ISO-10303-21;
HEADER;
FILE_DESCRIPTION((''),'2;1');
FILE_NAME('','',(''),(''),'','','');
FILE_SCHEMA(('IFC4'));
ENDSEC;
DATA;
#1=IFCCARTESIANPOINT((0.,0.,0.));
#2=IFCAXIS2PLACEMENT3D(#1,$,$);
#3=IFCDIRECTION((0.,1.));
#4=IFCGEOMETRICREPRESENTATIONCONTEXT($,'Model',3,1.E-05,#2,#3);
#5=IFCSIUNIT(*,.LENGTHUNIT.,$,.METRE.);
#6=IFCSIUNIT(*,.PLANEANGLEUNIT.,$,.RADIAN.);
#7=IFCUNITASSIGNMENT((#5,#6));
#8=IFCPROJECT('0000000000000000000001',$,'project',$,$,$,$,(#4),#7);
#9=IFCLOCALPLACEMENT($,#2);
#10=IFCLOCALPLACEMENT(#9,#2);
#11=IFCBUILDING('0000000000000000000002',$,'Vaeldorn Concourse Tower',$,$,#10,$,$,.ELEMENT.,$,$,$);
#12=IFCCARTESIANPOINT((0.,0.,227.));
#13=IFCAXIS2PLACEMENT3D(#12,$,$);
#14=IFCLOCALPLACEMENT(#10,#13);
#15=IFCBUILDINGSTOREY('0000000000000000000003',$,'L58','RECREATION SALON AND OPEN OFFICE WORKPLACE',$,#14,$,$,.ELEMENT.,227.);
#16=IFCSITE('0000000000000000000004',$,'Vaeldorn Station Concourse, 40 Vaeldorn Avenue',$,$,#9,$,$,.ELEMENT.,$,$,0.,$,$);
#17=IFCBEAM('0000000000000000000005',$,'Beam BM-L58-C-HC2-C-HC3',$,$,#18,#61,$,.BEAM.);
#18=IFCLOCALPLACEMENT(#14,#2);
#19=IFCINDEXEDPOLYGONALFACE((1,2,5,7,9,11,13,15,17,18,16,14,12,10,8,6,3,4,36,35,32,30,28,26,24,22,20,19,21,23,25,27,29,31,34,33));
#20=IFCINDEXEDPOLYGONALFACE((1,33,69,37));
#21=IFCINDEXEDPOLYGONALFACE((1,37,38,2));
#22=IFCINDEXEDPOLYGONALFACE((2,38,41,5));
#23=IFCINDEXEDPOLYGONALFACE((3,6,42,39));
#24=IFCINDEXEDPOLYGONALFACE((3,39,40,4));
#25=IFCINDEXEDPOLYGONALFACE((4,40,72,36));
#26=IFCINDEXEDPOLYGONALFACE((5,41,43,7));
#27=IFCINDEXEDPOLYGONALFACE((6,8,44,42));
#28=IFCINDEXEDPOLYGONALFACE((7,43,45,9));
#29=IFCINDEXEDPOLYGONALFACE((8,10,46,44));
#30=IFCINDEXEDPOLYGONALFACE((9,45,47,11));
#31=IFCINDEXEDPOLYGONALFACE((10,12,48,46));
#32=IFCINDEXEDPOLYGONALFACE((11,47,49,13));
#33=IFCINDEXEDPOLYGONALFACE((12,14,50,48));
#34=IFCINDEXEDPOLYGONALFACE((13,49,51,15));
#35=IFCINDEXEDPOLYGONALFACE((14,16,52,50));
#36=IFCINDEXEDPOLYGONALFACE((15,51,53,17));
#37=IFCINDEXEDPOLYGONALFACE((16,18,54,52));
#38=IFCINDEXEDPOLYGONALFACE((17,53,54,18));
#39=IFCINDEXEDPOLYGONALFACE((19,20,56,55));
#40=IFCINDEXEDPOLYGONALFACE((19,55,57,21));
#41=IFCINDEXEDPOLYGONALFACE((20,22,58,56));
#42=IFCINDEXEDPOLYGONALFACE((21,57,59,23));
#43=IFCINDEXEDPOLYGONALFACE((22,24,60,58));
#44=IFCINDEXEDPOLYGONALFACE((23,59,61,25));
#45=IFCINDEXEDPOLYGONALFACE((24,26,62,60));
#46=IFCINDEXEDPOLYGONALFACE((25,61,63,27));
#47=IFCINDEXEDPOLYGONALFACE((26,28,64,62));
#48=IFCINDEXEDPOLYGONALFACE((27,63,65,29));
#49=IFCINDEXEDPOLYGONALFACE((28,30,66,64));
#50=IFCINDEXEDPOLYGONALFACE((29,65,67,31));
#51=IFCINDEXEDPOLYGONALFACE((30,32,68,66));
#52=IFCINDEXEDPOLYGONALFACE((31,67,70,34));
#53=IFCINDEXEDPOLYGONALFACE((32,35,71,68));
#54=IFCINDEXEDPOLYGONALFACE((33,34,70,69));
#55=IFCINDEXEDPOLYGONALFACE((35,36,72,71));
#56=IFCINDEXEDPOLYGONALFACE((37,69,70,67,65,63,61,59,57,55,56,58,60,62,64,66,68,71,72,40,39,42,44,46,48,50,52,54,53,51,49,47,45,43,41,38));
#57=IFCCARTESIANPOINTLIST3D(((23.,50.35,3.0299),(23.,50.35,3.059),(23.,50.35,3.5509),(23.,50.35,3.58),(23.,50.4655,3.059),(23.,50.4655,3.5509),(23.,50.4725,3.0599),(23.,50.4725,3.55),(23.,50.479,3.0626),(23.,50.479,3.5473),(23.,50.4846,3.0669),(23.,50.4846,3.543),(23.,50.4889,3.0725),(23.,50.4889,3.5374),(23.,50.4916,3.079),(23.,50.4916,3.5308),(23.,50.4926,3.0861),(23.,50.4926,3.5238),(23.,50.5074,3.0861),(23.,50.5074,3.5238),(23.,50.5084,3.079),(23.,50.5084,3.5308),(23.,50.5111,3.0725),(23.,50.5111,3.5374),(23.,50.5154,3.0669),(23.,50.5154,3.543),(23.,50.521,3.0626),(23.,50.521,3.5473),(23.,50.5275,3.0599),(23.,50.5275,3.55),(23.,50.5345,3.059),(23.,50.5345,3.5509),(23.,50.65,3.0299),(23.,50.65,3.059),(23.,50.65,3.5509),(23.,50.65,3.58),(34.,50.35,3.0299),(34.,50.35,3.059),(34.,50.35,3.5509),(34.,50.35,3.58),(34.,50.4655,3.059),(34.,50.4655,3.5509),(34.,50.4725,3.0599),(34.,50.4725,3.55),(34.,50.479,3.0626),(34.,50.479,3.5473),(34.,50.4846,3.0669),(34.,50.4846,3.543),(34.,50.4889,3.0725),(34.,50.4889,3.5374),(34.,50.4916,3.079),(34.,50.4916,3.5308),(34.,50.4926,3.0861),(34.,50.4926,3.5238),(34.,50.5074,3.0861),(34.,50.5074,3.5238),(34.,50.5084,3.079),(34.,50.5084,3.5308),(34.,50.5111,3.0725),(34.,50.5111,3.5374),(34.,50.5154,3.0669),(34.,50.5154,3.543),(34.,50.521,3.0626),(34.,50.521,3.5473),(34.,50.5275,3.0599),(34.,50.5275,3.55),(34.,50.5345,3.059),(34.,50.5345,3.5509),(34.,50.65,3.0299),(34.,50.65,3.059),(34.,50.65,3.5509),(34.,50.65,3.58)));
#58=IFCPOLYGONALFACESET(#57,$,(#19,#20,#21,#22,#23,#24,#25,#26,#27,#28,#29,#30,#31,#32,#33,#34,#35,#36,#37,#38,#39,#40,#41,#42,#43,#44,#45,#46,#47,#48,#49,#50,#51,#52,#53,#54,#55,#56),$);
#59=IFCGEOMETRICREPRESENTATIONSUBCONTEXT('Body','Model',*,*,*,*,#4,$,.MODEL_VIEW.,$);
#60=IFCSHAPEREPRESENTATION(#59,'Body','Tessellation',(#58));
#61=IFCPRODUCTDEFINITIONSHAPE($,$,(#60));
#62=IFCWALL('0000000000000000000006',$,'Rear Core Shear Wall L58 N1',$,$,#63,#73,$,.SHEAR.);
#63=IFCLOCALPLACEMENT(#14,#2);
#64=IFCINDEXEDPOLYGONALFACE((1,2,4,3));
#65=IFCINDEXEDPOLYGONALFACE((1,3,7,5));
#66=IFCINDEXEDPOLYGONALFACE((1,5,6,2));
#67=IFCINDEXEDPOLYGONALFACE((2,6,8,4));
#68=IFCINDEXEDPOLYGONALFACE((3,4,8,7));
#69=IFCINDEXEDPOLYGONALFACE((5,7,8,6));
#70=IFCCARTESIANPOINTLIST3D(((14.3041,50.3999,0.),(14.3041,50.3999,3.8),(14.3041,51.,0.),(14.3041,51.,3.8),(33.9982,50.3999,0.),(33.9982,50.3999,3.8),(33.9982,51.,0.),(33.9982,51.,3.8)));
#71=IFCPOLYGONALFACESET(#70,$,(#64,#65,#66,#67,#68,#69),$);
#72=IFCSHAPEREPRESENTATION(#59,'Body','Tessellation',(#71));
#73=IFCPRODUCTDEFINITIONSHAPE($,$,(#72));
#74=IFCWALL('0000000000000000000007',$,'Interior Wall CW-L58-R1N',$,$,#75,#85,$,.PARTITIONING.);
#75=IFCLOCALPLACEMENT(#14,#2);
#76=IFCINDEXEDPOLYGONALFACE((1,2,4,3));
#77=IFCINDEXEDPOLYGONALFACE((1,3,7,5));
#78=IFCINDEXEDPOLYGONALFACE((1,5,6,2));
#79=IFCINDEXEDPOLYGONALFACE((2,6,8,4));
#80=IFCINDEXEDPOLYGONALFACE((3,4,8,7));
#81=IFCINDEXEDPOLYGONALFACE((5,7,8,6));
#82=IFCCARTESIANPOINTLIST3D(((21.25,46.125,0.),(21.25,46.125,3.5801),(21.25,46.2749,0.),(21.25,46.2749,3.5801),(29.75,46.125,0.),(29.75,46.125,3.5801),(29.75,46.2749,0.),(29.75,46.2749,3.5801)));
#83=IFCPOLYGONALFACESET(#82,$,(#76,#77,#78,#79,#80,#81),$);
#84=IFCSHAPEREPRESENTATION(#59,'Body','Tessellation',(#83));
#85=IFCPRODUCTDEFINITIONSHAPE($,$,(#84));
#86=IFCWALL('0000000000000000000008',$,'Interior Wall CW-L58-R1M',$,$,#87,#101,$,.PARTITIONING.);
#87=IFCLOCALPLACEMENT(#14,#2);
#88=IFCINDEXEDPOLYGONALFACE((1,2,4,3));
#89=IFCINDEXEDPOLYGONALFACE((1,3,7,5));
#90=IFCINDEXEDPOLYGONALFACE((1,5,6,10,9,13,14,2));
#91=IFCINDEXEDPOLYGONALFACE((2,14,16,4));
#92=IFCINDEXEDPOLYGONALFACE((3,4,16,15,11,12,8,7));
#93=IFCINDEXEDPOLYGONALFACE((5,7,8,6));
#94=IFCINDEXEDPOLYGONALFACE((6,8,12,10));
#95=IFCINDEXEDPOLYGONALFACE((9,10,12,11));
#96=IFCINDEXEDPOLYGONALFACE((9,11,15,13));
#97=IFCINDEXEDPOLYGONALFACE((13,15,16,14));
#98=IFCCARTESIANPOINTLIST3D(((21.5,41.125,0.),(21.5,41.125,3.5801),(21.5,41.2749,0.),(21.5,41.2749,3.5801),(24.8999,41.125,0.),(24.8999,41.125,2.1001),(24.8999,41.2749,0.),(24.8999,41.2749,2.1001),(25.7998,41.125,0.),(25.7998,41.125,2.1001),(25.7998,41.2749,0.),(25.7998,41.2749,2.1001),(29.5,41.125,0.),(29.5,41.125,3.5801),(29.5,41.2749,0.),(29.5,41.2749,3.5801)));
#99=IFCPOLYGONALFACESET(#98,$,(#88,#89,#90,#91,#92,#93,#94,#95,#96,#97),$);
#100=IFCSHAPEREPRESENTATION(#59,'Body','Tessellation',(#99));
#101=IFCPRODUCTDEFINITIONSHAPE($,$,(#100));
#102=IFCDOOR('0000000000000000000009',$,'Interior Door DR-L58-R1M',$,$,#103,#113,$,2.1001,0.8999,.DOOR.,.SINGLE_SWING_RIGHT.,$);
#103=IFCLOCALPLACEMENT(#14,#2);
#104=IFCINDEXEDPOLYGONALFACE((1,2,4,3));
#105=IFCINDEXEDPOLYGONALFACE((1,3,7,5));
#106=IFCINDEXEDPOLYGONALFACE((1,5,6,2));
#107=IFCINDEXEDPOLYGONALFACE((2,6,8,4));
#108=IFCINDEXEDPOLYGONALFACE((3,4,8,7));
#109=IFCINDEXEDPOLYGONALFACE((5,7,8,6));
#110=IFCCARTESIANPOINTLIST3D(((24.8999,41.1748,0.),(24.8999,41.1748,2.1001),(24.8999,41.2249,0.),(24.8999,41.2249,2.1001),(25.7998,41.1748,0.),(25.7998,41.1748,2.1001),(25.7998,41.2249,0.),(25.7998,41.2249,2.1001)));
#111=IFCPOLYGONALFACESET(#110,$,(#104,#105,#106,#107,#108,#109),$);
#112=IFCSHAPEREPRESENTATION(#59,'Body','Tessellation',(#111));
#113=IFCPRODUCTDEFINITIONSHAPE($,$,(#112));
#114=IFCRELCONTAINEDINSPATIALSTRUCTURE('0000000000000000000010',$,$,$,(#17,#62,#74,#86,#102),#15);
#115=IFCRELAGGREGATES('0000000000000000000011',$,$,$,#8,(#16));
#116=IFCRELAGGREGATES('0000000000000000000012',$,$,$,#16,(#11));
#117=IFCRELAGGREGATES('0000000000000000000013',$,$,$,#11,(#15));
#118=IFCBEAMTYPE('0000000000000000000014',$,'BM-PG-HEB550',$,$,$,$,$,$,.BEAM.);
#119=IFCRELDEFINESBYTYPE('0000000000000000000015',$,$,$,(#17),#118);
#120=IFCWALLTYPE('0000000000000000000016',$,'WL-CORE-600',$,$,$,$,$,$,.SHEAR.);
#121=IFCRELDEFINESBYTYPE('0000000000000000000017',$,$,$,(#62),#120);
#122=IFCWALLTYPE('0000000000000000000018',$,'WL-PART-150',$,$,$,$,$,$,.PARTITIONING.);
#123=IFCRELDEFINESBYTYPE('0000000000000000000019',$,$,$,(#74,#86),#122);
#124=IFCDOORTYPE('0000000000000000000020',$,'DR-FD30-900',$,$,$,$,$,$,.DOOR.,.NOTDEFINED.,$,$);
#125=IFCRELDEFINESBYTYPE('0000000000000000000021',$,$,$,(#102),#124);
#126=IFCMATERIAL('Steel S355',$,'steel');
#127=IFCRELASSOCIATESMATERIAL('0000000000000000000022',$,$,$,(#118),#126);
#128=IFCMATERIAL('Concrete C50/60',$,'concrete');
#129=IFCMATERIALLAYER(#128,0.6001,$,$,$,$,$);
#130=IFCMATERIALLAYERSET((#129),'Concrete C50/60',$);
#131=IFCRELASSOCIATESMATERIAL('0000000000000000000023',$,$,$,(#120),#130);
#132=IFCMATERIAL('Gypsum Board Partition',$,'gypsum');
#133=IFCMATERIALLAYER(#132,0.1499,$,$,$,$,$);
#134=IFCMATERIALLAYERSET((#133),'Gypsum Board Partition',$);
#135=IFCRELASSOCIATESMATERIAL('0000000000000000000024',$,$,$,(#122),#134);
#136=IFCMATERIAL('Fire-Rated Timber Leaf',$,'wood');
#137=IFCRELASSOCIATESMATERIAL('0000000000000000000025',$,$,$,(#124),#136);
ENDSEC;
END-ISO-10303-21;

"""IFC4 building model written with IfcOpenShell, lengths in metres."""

from ifc_helpers import new_model, si_unit, direction, frame, frame_2d, origin, origin_2d, place, context, subcontext, project, spatial, rectangle, i_section, extrude, source, transform, mapped, material, layer, layer_set, material_profile, profile_set, type_object, element, fill, save


model = new_model("IFC4")

# Units and contexts
model_context = context("Model", 3, precision=1e-05, world=origin(), true_north=direction((0.0, 1.0)))
body_context = subcontext(model_context, "Body", "Model", "MODEL_VIEW")
ifc_project = project(units=[si_unit("LENGTHUNIT", "METRE"), si_unit("PLANEANGLEUNIT", "RADIAN")], contexts=[model_context])

# Site, building, storey
site_placement = place(None, origin())
site = spatial("IfcSite", under=ifc_project, at=site_placement, Name="Vaeldorn Station Concourse, 40 Vaeldorn Avenue", CompositionType="ELEMENT", RefElevation=0.0)
building_placement = place(site_placement, origin())
building = spatial("IfcBuilding", under=site, at=building_placement, Name="Vaeldorn Concourse Tower", CompositionType="ELEMENT")
storey_placement = place(building_placement, frame((0.0, 0.0, 227.0)))
storey = spatial("IfcBuildingStorey", under=building, at=storey_placement, Name="L58", Description="RECREATION SALON AND OPEN OFFICE WORKPLACE", CompositionType="ELEMENT", Elevation=227.0)

# Beam
ifc_material_1 = material(Name="Steel S355", Category="steel")
ifc_material_profile_1 = material_profile(ifc_material_1, i_section(OverallWidth=0.3, OverallDepth=0.55, WebThickness=0.0149, FlangeThickness=0.0291, FilletRadius=0.0271, at=origin_2d()), Name="HEB 550")
ifc_profile_set_1 = profile_set([ifc_material_profile_1], Name="Steel S355")
beam_type_1 = type_object("IfcBeamType", Name="BM-PG-HEB550", PredefinedType="BEAM", material=ifc_profile_set_1)
shared_shape_1 = source(origin(), body_context, "Body", "SweptSolid", [
    extrude(i_section(OverallWidth=0.3, OverallDepth=0.55, WebThickness=0.0149, FlangeThickness=0.0291, FilletRadius=0.0271, at=origin_2d()), origin(), (0.0, 0.0, 1.0), 11.0),
])
beam_1_placement = place(storey_placement, frame((23.0, 50.5, 3.3049), z_axis=(1.0, 0.0, 0.0), x_axis=(0.0, 1.0, 0.0)))
element("IfcBeam", 1, at=beam_1_placement, inside=storey, type_object=beam_type_1, Name="Beam BM-L58-C-HC2-C-HC3", PredefinedType="BEAM", context=body_context, shape_type="MappedRepresentation", body=[
    mapped(shared_shape_1, transform((0.0, 0.0, 0.0), scale=1.0)),
])

# Walls
ifc_material_2 = material(Name="Concrete C50/60", Category="concrete")
ifc_layer_1 = layer(ifc_material_2, 0.6001)
ifc_layer_set_1 = layer_set([ifc_layer_1], Name="Concrete C50/60")
wall_type_1 = type_object("IfcWallType", Name="WL-CORE-600", PredefinedType="SHEAR", material=ifc_layer_set_1)
wall_1_placement = place(storey_placement, frame((14.304, 50.7, 0.0), z_axis=(0.0, 0.0, 1.0), x_axis=(1.0, 0.0, 0.0)))
element("IfcWall", 2, at=wall_1_placement, inside=storey, type_object=wall_type_1, Name="Rear Core Shear Wall L58 N1", PredefinedType="SHEAR", context=body_context, shape_type="SweptSolid", body=[
    extrude(rectangle(XDim=19.6941, YDim=0.6001, at=frame_2d((9.8472, 0.0))), origin(), (0.0, 0.0, 1.0), 3.8),
])
ifc_material_3 = material(Name="Gypsum Board Partition", Category="gypsum")
ifc_layer_2 = layer(ifc_material_3, 0.1499)
ifc_layer_set_2 = layer_set([ifc_layer_2], Name="Gypsum Board Partition")
wall_type_2 = type_object("IfcWallType", Name="WL-PART-150", PredefinedType="PARTITIONING", material=ifc_layer_set_2)
wall_2_placement = place(storey_placement, frame((21.25, 46.2, 0.0), z_axis=(0.0, 0.0, 1.0), x_axis=(1.0, 0.0, 0.0)))
element("IfcWall", 3, at=wall_2_placement, inside=storey, type_object=wall_type_2, Name="Interior Wall CW-L58-R1N", PredefinedType="PARTITIONING", context=body_context, shape_type="SweptSolid", body=[
    extrude(rectangle(XDim=8.5, YDim=0.1499, at=frame_2d((4.25, 0.0))), origin(), (0.0, 0.0, 1.0), 3.5801),
])

# Wall, opening, door
wall_3_placement = place(storey_placement, frame((21.5, 41.2, 0.0), z_axis=(0.0, 0.0, 1.0), x_axis=(1.0, 0.0, 0.0)))
wall_3 = element("IfcWall", 4, at=wall_3_placement, inside=storey, type_object=wall_type_2, Name="Interior Wall CW-L58-R1M", PredefinedType="PARTITIONING", context=body_context, shape_type="SweptSolid", body=[
    extrude(rectangle(XDim=8.0, YDim=0.1499, at=frame_2d((4.0, 0.0))), origin(), (0.0, 0.0, 1.0), 3.5801),
])
opening_1_placement = place(wall_3_placement, frame((3.3999, 0.0, 0.0)))
opening_1 = element("IfcOpeningElement", 5, at=opening_1_placement, cuts=wall_3, PredefinedType="OPENING", context=body_context, shape_type="SweptSolid", body=[
    extrude(rectangle(XDim=0.8999, YDim=2.1001, at=frame_2d((0.45, 1.05))), frame((0.0, 0.085, 0.0), z_axis=(0.0, -1.0, 0.0), x_axis=(1.0, 0.0, 0.0)), (0.0, 0.0, 1.0), 0.1699),
])
ifc_material_4 = material(Name="Fire-Rated Timber Leaf", Category="wood")
door_type_1 = type_object("IfcDoorType", Name="DR-FD30-900", OperationType="NOTDEFINED", PredefinedType="DOOR", material=ifc_material_4)
shared_shape_2 = source(origin(), body_context, "Body", "SweptSolid", [
    extrude(rectangle(XDim=0.8999, YDim=2.1001, at=frame_2d((0.45, 1.05))), frame((0.0, 0.0249, 0.0), z_axis=(0.0, -1.0, 0.0), x_axis=(1.0, 0.0, 0.0)), (0.0, 0.0, 1.0), 0.05),
])
door_1_placement = place(opening_1_placement, origin())
door_1 = element("IfcDoor", 6, at=door_1_placement, inside=storey, type_object=door_type_1, Name="Interior Door DR-L58-R1M", OperationType="SINGLE_SWING_RIGHT", OverallHeight=2.1001, OverallWidth=0.8999, PredefinedType="DOOR", context=body_context, shape_type="MappedRepresentation", body=[
    mapped(shared_shape_2, transform((0.0, 0.0, 0.0), scale=1.0)),
])
fill(opening_1, door_1)

save(model, "model.ifc")
